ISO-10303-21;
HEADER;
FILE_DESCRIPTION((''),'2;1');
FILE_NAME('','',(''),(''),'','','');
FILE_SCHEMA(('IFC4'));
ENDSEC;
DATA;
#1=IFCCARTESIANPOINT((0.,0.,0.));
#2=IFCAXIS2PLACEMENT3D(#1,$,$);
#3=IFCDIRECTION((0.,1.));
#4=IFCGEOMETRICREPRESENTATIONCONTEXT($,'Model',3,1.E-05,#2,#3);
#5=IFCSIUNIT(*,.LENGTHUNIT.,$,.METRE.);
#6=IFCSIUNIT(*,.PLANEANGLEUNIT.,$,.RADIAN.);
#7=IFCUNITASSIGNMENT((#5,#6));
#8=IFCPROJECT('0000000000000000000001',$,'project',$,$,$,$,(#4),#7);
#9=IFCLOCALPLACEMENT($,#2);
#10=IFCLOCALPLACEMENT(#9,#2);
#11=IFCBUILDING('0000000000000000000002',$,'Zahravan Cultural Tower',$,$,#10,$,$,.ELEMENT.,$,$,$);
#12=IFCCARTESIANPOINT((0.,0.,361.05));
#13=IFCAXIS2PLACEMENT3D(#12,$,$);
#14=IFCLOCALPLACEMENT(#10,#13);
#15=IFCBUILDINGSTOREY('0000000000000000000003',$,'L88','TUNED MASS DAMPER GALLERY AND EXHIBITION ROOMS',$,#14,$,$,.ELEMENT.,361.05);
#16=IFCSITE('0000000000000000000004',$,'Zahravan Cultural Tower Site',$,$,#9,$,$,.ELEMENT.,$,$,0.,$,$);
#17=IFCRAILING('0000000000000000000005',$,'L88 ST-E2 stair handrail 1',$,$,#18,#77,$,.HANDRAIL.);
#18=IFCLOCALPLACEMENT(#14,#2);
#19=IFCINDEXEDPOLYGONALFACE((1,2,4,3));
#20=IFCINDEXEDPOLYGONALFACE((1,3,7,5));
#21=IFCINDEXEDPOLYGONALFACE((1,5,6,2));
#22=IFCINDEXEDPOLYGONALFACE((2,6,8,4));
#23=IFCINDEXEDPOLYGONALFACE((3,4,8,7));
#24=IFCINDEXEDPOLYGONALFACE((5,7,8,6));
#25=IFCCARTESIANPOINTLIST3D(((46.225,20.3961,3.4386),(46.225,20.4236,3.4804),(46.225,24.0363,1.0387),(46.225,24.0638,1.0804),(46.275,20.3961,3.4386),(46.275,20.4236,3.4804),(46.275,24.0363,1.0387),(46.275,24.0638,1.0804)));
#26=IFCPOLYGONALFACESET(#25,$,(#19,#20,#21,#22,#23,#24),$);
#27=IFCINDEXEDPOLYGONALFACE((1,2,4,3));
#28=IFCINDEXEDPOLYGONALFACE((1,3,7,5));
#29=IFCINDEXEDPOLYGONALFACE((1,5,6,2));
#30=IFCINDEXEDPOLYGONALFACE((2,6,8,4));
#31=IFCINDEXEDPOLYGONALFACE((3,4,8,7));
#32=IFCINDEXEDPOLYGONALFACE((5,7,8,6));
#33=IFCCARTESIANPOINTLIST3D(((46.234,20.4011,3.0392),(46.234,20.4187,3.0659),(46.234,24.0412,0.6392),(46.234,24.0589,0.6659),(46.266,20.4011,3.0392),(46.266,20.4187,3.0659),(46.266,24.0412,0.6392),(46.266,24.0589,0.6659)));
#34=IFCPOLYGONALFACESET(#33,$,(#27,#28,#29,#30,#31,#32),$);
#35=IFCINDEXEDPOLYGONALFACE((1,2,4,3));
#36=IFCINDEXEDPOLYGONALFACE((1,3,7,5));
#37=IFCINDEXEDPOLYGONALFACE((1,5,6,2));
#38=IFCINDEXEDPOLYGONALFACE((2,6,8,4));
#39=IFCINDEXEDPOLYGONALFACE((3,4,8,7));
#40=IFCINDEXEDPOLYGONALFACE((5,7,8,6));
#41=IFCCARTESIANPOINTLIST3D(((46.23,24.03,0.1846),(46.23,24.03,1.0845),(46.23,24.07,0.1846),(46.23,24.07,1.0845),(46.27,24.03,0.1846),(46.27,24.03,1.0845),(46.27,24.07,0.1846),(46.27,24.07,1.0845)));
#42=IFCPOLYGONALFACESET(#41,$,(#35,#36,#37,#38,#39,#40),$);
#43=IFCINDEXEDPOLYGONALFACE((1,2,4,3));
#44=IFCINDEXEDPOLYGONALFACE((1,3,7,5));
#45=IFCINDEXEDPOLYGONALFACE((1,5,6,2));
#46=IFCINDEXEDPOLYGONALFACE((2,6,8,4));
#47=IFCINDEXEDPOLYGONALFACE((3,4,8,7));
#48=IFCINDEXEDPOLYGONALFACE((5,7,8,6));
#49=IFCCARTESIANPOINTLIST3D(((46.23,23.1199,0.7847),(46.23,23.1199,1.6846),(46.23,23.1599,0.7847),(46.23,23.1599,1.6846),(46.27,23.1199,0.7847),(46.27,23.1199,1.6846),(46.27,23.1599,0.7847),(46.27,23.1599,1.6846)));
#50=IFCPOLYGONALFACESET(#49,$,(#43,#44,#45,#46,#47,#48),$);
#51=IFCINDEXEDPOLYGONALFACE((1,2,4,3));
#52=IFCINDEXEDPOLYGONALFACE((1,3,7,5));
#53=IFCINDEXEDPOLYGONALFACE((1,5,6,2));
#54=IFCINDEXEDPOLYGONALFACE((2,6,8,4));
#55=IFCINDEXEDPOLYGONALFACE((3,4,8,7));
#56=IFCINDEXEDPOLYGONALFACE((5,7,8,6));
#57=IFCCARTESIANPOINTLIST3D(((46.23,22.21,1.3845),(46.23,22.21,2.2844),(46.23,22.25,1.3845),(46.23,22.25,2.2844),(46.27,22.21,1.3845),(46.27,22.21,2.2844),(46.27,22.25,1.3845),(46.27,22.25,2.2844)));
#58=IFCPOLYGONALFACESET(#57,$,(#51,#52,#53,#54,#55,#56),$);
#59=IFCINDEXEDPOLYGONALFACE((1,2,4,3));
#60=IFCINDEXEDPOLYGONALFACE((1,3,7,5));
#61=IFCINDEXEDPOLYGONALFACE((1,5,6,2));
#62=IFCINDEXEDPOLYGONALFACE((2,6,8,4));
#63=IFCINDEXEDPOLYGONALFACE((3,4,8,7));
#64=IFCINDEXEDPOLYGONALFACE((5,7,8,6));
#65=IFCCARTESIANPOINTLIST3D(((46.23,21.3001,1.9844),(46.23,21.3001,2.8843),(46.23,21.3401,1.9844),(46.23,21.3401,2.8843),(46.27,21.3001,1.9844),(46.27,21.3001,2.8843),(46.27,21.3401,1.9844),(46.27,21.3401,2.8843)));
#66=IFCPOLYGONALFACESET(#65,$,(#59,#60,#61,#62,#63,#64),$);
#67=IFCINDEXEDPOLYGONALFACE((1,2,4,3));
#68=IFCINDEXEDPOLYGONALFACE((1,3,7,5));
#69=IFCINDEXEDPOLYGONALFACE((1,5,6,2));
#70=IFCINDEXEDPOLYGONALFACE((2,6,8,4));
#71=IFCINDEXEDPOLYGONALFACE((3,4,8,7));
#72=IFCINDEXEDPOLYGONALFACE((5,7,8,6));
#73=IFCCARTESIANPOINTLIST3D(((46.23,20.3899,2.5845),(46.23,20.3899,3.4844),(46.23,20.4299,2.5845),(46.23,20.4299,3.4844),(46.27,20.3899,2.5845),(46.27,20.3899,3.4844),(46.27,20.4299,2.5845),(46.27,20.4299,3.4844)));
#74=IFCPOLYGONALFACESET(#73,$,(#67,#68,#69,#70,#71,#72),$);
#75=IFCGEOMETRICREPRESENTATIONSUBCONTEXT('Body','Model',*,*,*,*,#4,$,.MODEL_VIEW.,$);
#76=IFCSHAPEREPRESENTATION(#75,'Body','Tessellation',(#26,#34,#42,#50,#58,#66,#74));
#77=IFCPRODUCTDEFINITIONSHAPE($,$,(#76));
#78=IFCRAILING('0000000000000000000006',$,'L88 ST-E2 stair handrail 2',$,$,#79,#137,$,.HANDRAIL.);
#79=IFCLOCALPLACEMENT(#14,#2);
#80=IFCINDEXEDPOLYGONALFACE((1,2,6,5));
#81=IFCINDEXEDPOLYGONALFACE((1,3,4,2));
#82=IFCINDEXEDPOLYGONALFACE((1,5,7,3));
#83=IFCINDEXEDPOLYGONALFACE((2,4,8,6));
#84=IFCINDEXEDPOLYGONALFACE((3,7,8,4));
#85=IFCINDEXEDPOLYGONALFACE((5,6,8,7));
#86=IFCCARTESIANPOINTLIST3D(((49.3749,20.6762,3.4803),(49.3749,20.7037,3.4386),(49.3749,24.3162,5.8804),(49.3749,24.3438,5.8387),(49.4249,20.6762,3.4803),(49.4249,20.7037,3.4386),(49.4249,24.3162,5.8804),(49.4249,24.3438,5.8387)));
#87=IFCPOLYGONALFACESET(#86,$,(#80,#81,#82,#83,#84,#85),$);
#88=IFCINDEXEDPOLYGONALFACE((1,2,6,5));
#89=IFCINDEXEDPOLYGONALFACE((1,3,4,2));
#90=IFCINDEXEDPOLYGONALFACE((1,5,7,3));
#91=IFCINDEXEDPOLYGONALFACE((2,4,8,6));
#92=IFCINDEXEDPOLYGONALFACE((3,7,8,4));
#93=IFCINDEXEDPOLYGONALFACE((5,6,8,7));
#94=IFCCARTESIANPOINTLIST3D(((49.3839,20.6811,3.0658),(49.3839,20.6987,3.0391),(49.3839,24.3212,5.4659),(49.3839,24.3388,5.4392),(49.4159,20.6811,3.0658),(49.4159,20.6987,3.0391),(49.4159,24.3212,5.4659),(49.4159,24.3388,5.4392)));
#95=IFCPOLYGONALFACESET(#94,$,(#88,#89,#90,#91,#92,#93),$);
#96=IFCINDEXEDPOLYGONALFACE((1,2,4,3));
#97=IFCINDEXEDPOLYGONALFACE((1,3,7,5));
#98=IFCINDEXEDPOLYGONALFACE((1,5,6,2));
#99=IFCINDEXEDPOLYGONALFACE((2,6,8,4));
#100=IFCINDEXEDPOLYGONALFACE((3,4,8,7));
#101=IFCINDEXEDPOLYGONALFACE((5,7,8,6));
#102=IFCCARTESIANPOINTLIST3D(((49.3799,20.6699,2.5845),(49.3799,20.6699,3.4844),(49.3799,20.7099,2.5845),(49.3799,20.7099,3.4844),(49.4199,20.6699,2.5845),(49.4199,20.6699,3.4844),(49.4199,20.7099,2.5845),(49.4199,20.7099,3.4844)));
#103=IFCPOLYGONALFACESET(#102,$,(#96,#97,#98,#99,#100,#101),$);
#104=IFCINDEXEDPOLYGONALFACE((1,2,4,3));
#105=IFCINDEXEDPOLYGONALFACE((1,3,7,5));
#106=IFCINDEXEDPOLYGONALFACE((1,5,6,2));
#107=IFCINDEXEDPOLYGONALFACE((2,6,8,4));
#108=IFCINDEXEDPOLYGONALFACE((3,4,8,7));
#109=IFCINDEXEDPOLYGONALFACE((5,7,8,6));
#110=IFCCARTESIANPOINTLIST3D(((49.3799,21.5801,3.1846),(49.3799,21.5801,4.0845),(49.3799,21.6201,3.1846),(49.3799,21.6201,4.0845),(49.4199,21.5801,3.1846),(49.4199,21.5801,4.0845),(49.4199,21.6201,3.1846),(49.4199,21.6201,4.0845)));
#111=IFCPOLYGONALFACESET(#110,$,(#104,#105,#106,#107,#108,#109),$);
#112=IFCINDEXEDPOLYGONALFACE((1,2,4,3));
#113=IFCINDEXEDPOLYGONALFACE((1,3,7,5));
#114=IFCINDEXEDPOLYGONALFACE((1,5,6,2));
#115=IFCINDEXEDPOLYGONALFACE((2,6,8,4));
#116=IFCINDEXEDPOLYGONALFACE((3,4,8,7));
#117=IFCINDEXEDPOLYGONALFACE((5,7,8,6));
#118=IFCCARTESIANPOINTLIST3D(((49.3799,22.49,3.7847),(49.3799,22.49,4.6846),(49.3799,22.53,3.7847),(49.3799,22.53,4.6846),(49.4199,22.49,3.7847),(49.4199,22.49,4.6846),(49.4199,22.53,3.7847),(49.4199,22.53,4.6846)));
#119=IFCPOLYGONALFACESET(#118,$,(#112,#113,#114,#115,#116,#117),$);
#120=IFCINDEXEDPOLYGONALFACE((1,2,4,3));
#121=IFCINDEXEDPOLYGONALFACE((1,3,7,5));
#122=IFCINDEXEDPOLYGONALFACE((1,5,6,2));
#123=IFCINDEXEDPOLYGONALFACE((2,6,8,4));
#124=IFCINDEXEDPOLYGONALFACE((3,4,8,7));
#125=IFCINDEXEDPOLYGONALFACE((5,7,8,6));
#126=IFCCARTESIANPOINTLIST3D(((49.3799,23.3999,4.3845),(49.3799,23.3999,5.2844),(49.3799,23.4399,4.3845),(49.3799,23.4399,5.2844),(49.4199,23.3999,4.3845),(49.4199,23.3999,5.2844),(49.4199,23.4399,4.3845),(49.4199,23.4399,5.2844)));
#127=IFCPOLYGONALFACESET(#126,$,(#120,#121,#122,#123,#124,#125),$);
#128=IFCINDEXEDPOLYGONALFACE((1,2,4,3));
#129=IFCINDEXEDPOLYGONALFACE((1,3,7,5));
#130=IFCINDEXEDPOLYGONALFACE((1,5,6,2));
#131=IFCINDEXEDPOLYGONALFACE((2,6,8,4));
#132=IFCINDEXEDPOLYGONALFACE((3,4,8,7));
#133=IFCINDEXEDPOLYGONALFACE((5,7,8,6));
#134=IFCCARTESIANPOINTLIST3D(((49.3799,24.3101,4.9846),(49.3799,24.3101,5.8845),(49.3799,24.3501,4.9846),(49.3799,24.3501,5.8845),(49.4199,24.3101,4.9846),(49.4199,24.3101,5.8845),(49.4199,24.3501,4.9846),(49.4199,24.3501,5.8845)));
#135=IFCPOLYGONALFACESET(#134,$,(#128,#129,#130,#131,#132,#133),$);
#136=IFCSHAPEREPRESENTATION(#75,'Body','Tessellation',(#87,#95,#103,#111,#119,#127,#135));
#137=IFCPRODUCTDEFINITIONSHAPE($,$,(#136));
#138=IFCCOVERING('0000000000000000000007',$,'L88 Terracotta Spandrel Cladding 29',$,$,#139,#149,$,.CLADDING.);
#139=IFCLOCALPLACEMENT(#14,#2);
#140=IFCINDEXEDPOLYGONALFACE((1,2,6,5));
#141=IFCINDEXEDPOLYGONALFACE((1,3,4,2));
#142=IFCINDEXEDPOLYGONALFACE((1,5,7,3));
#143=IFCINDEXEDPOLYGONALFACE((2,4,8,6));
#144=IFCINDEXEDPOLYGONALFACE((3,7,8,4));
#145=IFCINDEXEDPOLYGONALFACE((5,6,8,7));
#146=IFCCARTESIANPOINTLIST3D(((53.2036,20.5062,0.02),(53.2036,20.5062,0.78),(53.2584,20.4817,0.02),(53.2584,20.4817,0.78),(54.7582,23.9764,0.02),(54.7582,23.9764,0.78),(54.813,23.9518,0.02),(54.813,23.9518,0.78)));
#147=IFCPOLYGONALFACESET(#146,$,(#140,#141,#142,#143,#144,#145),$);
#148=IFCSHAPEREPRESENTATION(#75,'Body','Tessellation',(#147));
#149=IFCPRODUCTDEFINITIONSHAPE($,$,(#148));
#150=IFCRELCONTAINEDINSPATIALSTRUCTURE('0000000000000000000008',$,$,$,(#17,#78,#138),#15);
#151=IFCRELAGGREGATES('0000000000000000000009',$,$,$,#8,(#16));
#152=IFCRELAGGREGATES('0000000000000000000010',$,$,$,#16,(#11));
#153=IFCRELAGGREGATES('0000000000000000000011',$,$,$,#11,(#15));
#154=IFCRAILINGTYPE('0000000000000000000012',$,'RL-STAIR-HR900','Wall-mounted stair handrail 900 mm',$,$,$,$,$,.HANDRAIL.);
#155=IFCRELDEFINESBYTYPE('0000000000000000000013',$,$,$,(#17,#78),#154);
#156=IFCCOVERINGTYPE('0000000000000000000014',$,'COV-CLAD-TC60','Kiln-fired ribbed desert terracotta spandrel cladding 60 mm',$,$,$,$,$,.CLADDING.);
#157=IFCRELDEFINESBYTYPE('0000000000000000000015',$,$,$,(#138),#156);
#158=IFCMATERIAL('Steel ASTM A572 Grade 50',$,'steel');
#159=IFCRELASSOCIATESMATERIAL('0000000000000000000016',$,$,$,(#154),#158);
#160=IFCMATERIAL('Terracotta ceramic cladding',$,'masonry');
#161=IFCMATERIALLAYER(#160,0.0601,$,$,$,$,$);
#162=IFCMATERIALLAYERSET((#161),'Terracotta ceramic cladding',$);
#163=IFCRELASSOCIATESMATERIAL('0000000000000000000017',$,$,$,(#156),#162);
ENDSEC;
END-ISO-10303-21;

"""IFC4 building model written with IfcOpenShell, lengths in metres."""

from ifc_helpers import new_model, si_unit, direction, frame, origin, origin_2d, place, context, subcontext, project, spatial, rectangle, extrude, source, transform, mapped, material, layer, layer_set, type_object, element, save


model = new_model("IFC4")

# Units and contexts
model_context = context("Model", 3, precision=1e-05, world=origin(), true_north=direction((0.0, 1.0)))
body_context = subcontext(model_context, "Body", "Model", "MODEL_VIEW")
ifc_project = project(units=[si_unit("LENGTHUNIT", "METRE"), si_unit("PLANEANGLEUNIT", "RADIAN")], contexts=[model_context])

# Site, building, storey
site_placement = place(None, origin())
site = spatial("IfcSite", under=ifc_project, at=site_placement, Name="Zahravan Cultural Tower Site", CompositionType="ELEMENT", RefElevation=0.0)
building_placement = place(site_placement, origin())
building = spatial("IfcBuilding", under=site, at=building_placement, Name="Zahravan Cultural Tower", CompositionType="ELEMENT")
storey_placement = place(building_placement, frame((0.0, 0.0, 361.05)))
storey = spatial("IfcBuildingStorey", under=building, at=storey_placement, Name="L88", Description="TUNED MASS DAMPER GALLERY AND EXHIBITION ROOMS", CompositionType="ELEMENT", Elevation=361.05)

# Railings
ifc_material_1 = material(Name="Steel ASTM A572 Grade 50", Category="steel")
railing_type_1 = type_object("IfcRailingType", Name="RL-STAIR-HR900", Description="Wall-mounted stair handrail 900 mm", PredefinedType="HANDRAIL", material=ifc_material_1)
railing_1_placement = place(storey_placement, frame((46.25, 24.05, 0.1846)))
element("IfcRailing", 1, at=railing_1_placement, inside=storey, type_object=railing_type_1, Name="L88 ST-E2 stair handrail 1", PredefinedType="HANDRAIL", context=body_context, shape_type="SweptSolid", body=[
    extrude(rectangle(XDim=0.05, YDim=0.05, at=origin_2d()), frame((0.0, 0.0, 0.875), z_axis=(0.0, -0.834882, 0.550429), x_axis=(1.0, 0.0, 0.0)), (0.0, 0.0, 1.0), 4.3601),
    extrude(rectangle(XDim=0.032, YDim=0.032, at=origin_2d()), frame((0.0, 0.0, 0.468), z_axis=(0.0, -0.834882, 0.550429), x_axis=(1.0, 0.0, 0.0)), (0.0, 0.0, 1.0), 4.3601),
    extrude(rectangle(XDim=0.04, YDim=0.04, at=origin_2d()), origin(), (0.0, 0.0, 1.0), 0.8999),
    extrude(rectangle(XDim=0.04, YDim=0.04, at=origin_2d()), frame((0.0, -0.9102, 0.6001)), (0.0, 0.0, 1.0), 0.8999),
    extrude(rectangle(XDim=0.04, YDim=0.04, at=origin_2d()), frame((0.0, -1.8201, 1.2)), (0.0, 0.0, 1.0), 0.8999),
    extrude(rectangle(XDim=0.04, YDim=0.04, at=origin_2d()), frame((0.0, -2.73, 1.7998)), (0.0, 0.0, 1.0), 0.8999),
    extrude(rectangle(XDim=0.04, YDim=0.04, at=origin_2d()), frame((0.0, -3.6401, 2.3999)), (0.0, 0.0, 1.0), 0.8999),
])
railing_2_placement = place(storey_placement, frame((49.3999, 20.6899, 2.5845)))
element("IfcRailing", 2, at=railing_2_placement, inside=storey, type_object=railing_type_1, Name="L88 ST-E2 stair handrail 2", PredefinedType="HANDRAIL", context=body_context, shape_type="SweptSolid", body=[
    extrude(rectangle(XDim=0.05, YDim=0.05, at=origin_2d()), frame((0.0, 0.0, 0.875), z_axis=(0.0, 0.834856, 0.550468), x_axis=(-1.0, 0.0, 0.0)), (0.0, 0.0, 1.0), 4.3601),
    extrude(rectangle(XDim=0.032, YDim=0.032, at=origin_2d()), frame((0.0, 0.0, 0.468), z_axis=(0.0, 0.834856, 0.550468), x_axis=(-1.0, 0.0, 0.0)), (0.0, 0.0, 1.0), 4.3601),
    extrude(rectangle(XDim=0.04, YDim=0.04, at=origin_2d()), origin(), (0.0, 0.0, 1.0), 0.8999),
    extrude(rectangle(XDim=0.04, YDim=0.04, at=origin_2d()), frame((0.0, 0.9102, 0.6001)), (0.0, 0.0, 1.0), 0.8999),
    extrude(rectangle(XDim=0.04, YDim=0.04, at=origin_2d()), frame((0.0, 1.8201, 1.2002)), (0.0, 0.0, 1.0), 0.8999),
    extrude(rectangle(XDim=0.04, YDim=0.04, at=origin_2d()), frame((0.0, 2.73, 1.8)), (0.0, 0.0, 1.0), 0.8999),
    extrude(rectangle(XDim=0.04, YDim=0.04, at=origin_2d()), frame((0.0, 3.6401, 2.4001)), (0.0, 0.0, 1.0), 0.8999),
])

# Covering
ifc_material_2 = material(Name="Terracotta ceramic cladding", Category="masonry")
ifc_layer_1 = layer(ifc_material_2, 0.0601)
ifc_layer_set_1 = layer_set([ifc_layer_1], Name="Terracotta ceramic cladding")
covering_type = type_object("IfcCoveringType", Name="COV-CLAD-TC60", Description="Kiln-fired ribbed desert terracotta spandrel cladding 60 mm", PredefinedType="CLADDING", material=ifc_layer_set_1)
shared_shape_1 = source(origin(), body_context, "Body", "SweptSolid", [
    extrude(rectangle(XDim=3.8025, YDim=0.0601, at=origin_2d()), origin(), (0.0, 0.0, 1.0), 0.76),
])
covering_placement = place(storey_placement, frame((54.0083, 22.229, 0.02), z_axis=(0.0, 0.0, 1.0), x_axis=(-0.408856, -0.912599, 0.0)))
element("IfcCovering", 3, at=covering_placement, inside=storey, type_object=covering_type, Name="L88 Terracotta Spandrel Cladding 29", PredefinedType="CLADDING", context=body_context, shape_type="MappedRepresentation", body=[
    mapped(shared_shape_1, transform((0.0, 0.0, 0.0), x_axis=(1.0, 0.0, 0.0), y_axis=(0.0, 1.0, 0.0), z_axis=(0.0, 0.0, 1.0), scale=1.0)),
])

save(model, "model.ifc")
